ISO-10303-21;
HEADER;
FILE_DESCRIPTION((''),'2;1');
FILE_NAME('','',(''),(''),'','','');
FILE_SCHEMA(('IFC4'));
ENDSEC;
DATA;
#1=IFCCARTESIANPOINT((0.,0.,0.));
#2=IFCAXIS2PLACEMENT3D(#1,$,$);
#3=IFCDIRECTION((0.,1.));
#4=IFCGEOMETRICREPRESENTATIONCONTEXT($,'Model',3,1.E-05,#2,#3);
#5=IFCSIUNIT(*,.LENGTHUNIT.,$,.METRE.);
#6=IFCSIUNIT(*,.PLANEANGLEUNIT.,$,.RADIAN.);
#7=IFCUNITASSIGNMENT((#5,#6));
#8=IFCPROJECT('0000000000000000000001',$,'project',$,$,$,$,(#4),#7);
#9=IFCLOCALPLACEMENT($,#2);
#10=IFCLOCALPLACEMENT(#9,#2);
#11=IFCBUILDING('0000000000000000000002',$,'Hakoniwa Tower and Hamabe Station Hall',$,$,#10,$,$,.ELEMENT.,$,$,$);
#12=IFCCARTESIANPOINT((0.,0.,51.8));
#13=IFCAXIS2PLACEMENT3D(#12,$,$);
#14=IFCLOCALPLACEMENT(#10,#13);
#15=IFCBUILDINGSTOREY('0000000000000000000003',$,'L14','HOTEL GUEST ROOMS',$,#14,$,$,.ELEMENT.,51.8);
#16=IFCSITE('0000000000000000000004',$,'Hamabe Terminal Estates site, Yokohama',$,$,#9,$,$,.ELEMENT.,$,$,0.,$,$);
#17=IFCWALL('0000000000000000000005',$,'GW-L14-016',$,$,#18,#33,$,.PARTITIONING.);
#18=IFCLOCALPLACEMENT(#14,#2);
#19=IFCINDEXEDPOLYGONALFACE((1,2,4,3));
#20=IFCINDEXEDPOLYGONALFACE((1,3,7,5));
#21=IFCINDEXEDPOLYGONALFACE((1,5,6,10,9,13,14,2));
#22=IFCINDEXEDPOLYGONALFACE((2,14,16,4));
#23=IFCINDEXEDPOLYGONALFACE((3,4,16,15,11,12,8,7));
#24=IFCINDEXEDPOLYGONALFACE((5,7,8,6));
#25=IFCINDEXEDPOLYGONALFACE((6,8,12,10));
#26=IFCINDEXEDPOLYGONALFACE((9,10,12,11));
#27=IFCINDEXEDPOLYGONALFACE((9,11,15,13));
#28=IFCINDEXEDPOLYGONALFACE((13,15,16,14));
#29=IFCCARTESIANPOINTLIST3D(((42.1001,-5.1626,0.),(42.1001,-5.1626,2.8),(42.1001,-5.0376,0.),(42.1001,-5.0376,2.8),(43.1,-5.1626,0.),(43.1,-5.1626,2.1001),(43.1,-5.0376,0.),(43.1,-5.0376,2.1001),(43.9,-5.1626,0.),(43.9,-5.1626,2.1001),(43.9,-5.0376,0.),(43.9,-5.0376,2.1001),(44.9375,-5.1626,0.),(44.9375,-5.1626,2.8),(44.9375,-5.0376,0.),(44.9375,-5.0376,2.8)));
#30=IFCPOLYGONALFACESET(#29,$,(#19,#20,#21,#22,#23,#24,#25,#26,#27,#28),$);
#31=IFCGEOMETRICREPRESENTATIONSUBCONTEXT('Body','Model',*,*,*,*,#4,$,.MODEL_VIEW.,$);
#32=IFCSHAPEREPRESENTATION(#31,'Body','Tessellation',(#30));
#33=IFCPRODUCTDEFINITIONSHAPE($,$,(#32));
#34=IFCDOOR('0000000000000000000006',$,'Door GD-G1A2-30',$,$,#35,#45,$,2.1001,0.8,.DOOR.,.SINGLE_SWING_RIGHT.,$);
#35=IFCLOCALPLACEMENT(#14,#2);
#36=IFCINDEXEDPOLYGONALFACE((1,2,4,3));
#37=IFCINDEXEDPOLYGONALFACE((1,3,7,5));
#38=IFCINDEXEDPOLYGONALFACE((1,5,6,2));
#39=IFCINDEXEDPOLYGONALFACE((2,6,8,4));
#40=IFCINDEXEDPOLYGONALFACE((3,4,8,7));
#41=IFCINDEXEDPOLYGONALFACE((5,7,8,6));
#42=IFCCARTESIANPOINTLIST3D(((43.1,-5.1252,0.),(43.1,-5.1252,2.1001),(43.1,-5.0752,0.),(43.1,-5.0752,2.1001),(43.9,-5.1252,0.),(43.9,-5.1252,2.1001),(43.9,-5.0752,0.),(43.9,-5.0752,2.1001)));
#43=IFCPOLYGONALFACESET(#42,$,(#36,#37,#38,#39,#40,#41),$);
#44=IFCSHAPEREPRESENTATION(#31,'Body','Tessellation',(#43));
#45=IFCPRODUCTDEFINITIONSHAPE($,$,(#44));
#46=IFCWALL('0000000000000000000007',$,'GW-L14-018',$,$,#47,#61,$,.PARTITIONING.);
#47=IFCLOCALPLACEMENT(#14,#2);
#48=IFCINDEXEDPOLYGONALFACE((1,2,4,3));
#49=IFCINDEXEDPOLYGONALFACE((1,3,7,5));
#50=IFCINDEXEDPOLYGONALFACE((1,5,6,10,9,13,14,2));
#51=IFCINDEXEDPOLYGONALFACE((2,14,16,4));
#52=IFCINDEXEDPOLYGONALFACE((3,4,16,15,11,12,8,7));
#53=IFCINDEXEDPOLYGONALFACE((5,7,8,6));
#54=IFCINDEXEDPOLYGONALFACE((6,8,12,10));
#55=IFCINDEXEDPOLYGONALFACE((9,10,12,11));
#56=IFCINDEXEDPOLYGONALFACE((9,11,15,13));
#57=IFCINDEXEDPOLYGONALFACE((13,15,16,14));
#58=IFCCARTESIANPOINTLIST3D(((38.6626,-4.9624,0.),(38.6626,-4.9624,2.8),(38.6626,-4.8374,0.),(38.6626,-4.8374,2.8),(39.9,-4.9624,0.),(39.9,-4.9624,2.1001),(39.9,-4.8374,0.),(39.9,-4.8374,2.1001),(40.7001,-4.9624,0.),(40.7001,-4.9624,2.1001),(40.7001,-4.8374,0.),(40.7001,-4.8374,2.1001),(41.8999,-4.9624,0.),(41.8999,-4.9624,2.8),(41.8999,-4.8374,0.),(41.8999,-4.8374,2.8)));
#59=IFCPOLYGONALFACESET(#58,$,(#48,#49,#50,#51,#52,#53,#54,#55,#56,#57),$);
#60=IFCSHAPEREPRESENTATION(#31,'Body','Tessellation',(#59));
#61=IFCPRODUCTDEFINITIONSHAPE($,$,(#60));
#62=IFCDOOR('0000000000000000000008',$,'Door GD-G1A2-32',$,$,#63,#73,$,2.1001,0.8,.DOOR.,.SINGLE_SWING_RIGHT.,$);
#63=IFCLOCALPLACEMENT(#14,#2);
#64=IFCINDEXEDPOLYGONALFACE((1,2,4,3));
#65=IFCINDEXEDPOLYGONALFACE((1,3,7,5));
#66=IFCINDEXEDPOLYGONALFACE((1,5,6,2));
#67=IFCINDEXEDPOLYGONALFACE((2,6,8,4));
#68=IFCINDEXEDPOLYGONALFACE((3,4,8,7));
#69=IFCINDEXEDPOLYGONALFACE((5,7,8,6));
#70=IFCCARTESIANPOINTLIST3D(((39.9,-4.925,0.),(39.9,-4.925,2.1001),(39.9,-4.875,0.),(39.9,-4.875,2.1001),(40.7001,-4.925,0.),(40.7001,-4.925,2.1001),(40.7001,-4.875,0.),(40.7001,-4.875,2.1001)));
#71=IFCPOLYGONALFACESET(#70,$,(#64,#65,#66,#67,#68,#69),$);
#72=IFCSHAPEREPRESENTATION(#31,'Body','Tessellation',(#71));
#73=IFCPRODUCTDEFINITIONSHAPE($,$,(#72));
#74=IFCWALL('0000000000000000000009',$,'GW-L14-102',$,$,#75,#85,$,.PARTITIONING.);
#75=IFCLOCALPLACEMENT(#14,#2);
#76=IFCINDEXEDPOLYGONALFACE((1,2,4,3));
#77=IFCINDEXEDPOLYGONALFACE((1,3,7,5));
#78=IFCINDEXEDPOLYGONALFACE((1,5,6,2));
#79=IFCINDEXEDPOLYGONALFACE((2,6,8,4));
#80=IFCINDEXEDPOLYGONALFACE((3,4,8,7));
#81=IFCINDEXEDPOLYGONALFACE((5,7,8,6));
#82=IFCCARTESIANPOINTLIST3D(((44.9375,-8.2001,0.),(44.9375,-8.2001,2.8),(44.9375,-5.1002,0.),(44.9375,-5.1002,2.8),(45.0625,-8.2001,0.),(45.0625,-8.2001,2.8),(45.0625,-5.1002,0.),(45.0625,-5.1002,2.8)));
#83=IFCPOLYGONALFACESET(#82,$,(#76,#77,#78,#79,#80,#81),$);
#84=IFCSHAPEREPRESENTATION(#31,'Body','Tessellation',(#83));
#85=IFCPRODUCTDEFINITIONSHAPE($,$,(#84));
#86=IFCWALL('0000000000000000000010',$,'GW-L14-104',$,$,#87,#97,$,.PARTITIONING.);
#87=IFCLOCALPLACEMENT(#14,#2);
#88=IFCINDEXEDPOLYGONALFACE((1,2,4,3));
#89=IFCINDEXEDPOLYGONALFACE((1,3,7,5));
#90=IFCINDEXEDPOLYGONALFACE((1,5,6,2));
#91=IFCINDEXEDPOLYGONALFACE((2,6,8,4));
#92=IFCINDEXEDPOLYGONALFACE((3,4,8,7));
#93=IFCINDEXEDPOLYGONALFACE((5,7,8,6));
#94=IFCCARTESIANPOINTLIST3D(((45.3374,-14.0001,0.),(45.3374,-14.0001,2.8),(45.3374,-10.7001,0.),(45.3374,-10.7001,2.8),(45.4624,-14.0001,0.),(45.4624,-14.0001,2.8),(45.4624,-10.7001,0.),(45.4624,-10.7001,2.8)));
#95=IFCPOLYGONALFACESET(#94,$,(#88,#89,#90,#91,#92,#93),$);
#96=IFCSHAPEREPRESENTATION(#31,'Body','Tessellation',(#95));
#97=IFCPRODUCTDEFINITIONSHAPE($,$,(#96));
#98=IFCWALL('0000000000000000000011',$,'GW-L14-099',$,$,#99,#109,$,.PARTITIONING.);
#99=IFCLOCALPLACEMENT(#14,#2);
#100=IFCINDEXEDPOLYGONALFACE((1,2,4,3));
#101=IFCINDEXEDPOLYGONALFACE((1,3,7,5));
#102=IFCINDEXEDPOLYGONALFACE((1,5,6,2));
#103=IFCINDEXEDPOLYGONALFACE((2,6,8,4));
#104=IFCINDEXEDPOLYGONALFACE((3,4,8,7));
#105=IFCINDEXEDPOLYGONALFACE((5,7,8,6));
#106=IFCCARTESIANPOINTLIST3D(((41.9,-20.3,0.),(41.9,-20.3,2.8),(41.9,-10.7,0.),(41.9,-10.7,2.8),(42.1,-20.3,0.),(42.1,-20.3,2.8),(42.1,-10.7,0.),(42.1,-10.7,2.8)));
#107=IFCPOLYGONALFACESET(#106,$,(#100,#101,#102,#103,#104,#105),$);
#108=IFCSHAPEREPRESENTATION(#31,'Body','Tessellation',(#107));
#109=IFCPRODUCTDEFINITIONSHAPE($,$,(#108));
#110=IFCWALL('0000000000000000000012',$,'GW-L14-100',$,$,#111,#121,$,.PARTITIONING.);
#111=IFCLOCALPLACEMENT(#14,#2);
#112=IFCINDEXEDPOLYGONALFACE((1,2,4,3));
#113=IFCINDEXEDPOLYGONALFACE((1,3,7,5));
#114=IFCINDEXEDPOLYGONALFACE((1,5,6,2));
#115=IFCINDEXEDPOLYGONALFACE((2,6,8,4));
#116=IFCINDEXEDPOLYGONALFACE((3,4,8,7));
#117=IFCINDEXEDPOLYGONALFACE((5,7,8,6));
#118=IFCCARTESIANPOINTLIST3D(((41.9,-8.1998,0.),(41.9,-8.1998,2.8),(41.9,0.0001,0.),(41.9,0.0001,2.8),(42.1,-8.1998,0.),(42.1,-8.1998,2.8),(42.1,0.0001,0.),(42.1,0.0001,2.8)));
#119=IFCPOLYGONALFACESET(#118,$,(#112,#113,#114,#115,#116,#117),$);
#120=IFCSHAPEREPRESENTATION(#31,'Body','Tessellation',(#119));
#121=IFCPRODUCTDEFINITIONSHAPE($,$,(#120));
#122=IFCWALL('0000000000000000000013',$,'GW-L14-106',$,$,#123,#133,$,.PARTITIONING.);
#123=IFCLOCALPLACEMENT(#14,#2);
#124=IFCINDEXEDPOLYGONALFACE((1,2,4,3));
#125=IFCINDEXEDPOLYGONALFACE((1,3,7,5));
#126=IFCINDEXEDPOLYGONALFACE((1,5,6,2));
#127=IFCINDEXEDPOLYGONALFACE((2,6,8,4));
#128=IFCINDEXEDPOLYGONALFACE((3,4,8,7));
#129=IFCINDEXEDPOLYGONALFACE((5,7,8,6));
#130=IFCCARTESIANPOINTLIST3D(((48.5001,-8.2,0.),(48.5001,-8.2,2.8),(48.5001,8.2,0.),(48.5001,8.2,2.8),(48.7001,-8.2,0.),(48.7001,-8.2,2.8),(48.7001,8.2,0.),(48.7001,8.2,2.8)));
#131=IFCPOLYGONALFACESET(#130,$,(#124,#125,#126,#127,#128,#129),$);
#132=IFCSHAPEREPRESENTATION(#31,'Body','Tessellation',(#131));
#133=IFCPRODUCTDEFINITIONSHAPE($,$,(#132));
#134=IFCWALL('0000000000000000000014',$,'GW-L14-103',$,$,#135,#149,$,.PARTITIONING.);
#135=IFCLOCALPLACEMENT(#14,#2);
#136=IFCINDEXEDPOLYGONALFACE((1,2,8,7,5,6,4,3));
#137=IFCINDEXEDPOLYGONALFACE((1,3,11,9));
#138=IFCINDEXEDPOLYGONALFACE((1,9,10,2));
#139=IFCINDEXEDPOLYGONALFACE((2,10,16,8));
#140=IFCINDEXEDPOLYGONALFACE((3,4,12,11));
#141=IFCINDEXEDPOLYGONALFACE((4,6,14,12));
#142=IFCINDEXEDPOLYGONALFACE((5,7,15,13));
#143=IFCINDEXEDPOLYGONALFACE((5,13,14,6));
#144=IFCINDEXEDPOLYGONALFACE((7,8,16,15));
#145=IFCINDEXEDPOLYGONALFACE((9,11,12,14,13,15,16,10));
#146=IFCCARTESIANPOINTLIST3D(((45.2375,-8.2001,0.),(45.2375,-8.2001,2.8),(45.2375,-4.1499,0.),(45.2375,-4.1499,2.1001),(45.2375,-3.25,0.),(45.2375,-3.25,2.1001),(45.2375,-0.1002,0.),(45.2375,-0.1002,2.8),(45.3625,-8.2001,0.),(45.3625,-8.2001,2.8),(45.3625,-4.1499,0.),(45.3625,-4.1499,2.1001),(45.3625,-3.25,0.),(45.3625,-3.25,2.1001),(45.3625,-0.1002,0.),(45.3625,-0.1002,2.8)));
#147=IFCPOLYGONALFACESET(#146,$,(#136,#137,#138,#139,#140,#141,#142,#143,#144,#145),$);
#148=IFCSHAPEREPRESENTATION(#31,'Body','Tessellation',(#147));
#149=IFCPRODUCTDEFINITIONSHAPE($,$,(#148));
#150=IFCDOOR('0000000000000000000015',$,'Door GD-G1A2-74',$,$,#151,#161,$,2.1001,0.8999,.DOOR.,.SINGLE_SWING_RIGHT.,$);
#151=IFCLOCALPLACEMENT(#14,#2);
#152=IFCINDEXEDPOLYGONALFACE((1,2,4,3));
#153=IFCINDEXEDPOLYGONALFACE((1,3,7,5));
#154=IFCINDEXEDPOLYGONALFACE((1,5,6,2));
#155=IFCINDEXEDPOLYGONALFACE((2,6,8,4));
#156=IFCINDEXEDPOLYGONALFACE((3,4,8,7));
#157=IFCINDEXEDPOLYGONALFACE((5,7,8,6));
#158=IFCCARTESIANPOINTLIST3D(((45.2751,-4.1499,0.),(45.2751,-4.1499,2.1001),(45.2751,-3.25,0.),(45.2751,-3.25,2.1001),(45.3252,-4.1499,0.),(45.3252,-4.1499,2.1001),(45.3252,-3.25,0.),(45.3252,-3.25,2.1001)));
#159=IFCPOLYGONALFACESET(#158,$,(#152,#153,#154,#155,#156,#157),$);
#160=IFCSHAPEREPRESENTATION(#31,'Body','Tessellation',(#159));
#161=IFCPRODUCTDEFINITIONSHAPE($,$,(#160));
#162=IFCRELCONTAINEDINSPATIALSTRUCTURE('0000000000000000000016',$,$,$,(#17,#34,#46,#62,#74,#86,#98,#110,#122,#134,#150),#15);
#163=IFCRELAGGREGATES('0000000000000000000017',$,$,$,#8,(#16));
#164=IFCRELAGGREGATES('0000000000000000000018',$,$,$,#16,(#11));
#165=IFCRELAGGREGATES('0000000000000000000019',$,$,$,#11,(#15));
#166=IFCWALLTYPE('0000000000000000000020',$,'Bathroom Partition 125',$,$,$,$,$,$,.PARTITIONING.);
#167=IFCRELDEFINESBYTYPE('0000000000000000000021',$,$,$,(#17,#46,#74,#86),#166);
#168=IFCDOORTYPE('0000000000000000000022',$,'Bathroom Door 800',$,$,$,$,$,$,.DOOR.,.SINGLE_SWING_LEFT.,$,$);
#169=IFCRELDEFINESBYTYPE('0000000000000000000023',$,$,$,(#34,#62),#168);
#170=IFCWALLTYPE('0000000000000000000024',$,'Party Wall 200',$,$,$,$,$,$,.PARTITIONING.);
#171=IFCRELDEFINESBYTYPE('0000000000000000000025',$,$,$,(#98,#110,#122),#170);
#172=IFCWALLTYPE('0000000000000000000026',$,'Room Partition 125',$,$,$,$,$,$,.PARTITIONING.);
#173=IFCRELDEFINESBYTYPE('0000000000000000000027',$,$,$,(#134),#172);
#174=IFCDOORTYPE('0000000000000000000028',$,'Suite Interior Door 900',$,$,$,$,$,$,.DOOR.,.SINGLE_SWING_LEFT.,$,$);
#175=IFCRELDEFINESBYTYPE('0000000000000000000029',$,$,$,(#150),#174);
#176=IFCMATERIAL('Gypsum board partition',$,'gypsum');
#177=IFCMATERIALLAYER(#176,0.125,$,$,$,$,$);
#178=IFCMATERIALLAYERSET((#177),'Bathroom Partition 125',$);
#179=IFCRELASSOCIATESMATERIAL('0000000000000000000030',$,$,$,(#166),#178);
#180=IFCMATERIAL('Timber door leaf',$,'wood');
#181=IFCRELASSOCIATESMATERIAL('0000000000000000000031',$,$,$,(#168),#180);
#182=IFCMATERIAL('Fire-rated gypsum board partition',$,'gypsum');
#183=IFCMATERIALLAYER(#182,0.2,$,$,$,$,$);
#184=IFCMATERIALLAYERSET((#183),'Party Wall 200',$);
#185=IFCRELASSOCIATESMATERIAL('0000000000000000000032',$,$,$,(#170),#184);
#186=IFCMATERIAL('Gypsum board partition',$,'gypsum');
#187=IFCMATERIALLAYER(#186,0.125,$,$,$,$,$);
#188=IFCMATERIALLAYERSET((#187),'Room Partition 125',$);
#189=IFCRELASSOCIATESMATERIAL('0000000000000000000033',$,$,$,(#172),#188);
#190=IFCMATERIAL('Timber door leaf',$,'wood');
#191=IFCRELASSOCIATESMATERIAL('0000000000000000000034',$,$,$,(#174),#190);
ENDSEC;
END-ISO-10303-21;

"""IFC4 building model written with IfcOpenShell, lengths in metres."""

from ifc_helpers import new_model, si_unit, direction, frame, frame_2d, origin, place, context, subcontext, project, spatial, rectangle, extrude, material, layer, layer_set, type_object, element, fill, save


model = new_model("IFC4")

# Units and contexts
model_context = context("Model", 3, precision=1e-05, world=origin(), true_north=direction((0.0, 1.0)))
body_context = subcontext(model_context, "Body", "Model", "MODEL_VIEW")
ifc_project = project(units=[si_unit("LENGTHUNIT", "METRE"), si_unit("PLANEANGLEUNIT", "RADIAN")], contexts=[model_context])

# Site, building, storey
site_placement = place(None, origin())
site = spatial("IfcSite", under=ifc_project, at=site_placement, Name="Hamabe Terminal Estates site, Yokohama", CompositionType="ELEMENT", RefElevation=0.0)
building_placement = place(site_placement, origin())
building = spatial("IfcBuilding", under=site, at=building_placement, Name="Hakoniwa Tower and Hamabe Station Hall", CompositionType="ELEMENT")
storey_placement = place(building_placement, frame((0.0, 0.0, 51.8)))
storey = spatial("IfcBuildingStorey", under=building, at=storey_placement, Name="L14", Description="HOTEL GUEST ROOMS", CompositionType="ELEMENT", Elevation=51.8)

# Walls, openings, doors
ifc_material_1 = material(Name="Gypsum board partition", Category="gypsum")
ifc_layer_1 = layer(ifc_material_1, 0.125)
ifc_layer_set_1 = layer_set([ifc_layer_1], Name="Bathroom Partition 125")
wall_type_1 = type_object("IfcWallType", Name="Bathroom Partition 125", PredefinedType="PARTITIONING", material=ifc_layer_set_1)
wall_1_placement = place(storey_placement, frame((42.1001, -5.1001, 0.0), z_axis=(0.0, 0.0, 1.0), x_axis=(1.0, 0.0, 0.0)))
wall_1 = element("IfcWall", 1, at=wall_1_placement, inside=storey, type_object=wall_type_1, Name="GW-L14-016", PredefinedType="PARTITIONING", context=body_context, shape_type="SweptSolid", body=[
    extrude(rectangle(XDim=2.8374, YDim=0.125, at=frame_2d((1.4187, 0.0))), origin(), (0.0, 0.0, 1.0), 2.8),
])
opening_1_placement = place(wall_1_placement, frame((1.0, 0.0, 0.0)))
opening_1 = element("IfcOpeningElement", 2, at=opening_1_placement, cuts=wall_1, PredefinedType="OPENING", context=body_context, shape_type="SweptSolid", body=[
    extrude(rectangle(XDim=0.8, YDim=2.1001, at=frame_2d((0.3999, 1.05))), frame((0.0, 0.0725, 0.0), z_axis=(0.0, -1.0, 0.0), x_axis=(1.0, 0.0, 0.0)), (0.0, 0.0, 1.0), 0.145),
])
ifc_material_2 = material(Name="Timber door leaf", Category="wood")
door_type_1 = type_object("IfcDoorType", Name="Bathroom Door 800", OperationType="SINGLE_SWING_LEFT", PredefinedType="DOOR", material=ifc_material_2)
door_1_placement = place(opening_1_placement, origin())
door_1 = element("IfcDoor", 3, at=door_1_placement, inside=storey, type_object=door_type_1, Name="Door GD-G1A2-30", OperationType="SINGLE_SWING_RIGHT", OverallHeight=2.1001, OverallWidth=0.8, PredefinedType="DOOR", context=body_context, shape_type="SweptSolid", body=[
    extrude(rectangle(XDim=0.8, YDim=2.1001, at=frame_2d((0.3999, 1.05))), frame((0.0, 0.0249, 0.0), z_axis=(0.0, -1.0, 0.0), x_axis=(1.0, 0.0, 0.0)), (0.0, 0.0, 1.0), 0.05),
])
fill(opening_1, door_1)
wall_2_placement = place(storey_placement, frame((38.6626, -4.8999, 0.0), z_axis=(0.0, 0.0, 1.0), x_axis=(1.0, 0.0, 0.0)))
wall_2 = element("IfcWall", 4, at=wall_2_placement, inside=storey, type_object=wall_type_1, Name="GW-L14-018", PredefinedType="PARTITIONING", context=body_context, shape_type="SweptSolid", body=[
    extrude(rectangle(XDim=3.2373, YDim=0.125, at=frame_2d((1.6187, 0.0))), origin(), (0.0, 0.0, 1.0), 2.8),
])
opening_2_placement = place(wall_2_placement, frame((1.2375, 0.0, 0.0)))
opening_2 = element("IfcOpeningElement", 5, at=opening_2_placement, cuts=wall_2, PredefinedType="OPENING", context=body_context, shape_type="SweptSolid", body=[
    extrude(rectangle(XDim=0.8, YDim=2.1001, at=frame_2d((0.3999, 1.05))), frame((0.0, 0.0725, 0.0), z_axis=(0.0, -1.0, 0.0), x_axis=(1.0, 0.0, 0.0)), (0.0, 0.0, 1.0), 0.145),
])
door_2_placement = place(opening_2_placement, origin())
door_2 = element("IfcDoor", 6, at=door_2_placement, inside=storey, type_object=door_type_1, Name="Door GD-G1A2-32", OperationType="SINGLE_SWING_RIGHT", OverallHeight=2.1001, OverallWidth=0.8, PredefinedType="DOOR", context=body_context, shape_type="SweptSolid", body=[
    extrude(rectangle(XDim=0.8, YDim=2.1001, at=frame_2d((0.3999, 1.05))), frame((0.0, 0.0249, 0.0), z_axis=(0.0, -1.0, 0.0), x_axis=(1.0, 0.0, 0.0)), (0.0, 0.0, 1.0), 0.05),
])
fill(opening_2, door_2)

# Walls
wall_3_placement = place(storey_placement, frame((45.0, -8.2, 0.0), z_axis=(0.0, 0.0, 1.0), x_axis=(0.0, 1.0, 0.0)))
element("IfcWall", 7, at=wall_3_placement, inside=storey, type_object=wall_type_1, Name="GW-L14-102", PredefinedType="PARTITIONING", context=body_context, shape_type="SweptSolid", body=[
    extrude(rectangle(XDim=3.0999, YDim=0.125, at=frame_2d((1.5498, 0.0))), origin(), (0.0, 0.0, 1.0), 2.8),
])
wall_4_placement = place(storey_placement, frame((45.3999, -14.0, 0.0), z_axis=(0.0, 0.0, 1.0), x_axis=(0.0, 1.0, 0.0)))
element("IfcWall", 8, at=wall_4_placement, inside=storey, type_object=wall_type_1, Name="GW-L14-104", PredefinedType="PARTITIONING", context=body_context, shape_type="SweptSolid", body=[
    extrude(rectangle(XDim=3.3, YDim=0.125, at=frame_2d((1.6499, 0.0))), origin(), (0.0, 0.0, 1.0), 2.8),
])
ifc_material_3 = material(Name="Fire-rated gypsum board partition", Category="gypsum")
ifc_layer_2 = layer(ifc_material_3, 0.2)
ifc_layer_set_2 = layer_set([ifc_layer_2], Name="Party Wall 200")
wall_type_2 = type_object("IfcWallType", Name="Party Wall 200", PredefinedType="PARTITIONING", material=ifc_layer_set_2)
wall_5_placement = place(storey_placement, frame((42.0, -20.3, 0.0), z_axis=(0.0, 0.0, 1.0), x_axis=(0.0, 1.0, 0.0)))
element("IfcWall", 9, at=wall_5_placement, inside=storey, type_object=wall_type_2, Name="GW-L14-099", PredefinedType="PARTITIONING", context=body_context, shape_type="SweptSolid", body=[
    extrude(rectangle(XDim=9.6001, YDim=0.2, at=frame_2d((4.8, 0.0))), origin(), (0.0, 0.0, 1.0), 2.8),
])
wall_6_placement = place(storey_placement, frame((42.0, -8.2, 0.0), z_axis=(0.0, 0.0, 1.0), x_axis=(0.0, 1.0, 0.0)))
element("IfcWall", 10, at=wall_6_placement, inside=storey, type_object=wall_type_2, Name="GW-L14-100", PredefinedType="PARTITIONING", context=body_context, shape_type="SweptSolid", body=[
    extrude(rectangle(XDim=8.2, YDim=0.2, at=frame_2d((4.1001, 0.0))), origin(), (0.0, 0.0, 1.0), 2.8),
])
wall_7_placement = place(storey_placement, frame((48.6001, -8.2, 0.0), z_axis=(0.0, 0.0, 1.0), x_axis=(0.0, 1.0, 0.0)))
element("IfcWall", 11, at=wall_7_placement, inside=storey, type_object=wall_type_2, Name="GW-L14-106", PredefinedType="PARTITIONING", context=body_context, shape_type="SweptSolid", body=[
    extrude(rectangle(XDim=16.3999, YDim=0.2, at=frame_2d((8.2, 0.0))), origin(), (0.0, 0.0, 1.0), 2.8),
])

# Wall, opening, door
ifc_material_4 = material(Name="Gypsum board partition", Category="gypsum")
ifc_layer_3 = layer(ifc_material_4, 0.125)
ifc_layer_set_3 = layer_set([ifc_layer_3], Name="Room Partition 125")
wall_type_3 = type_object("IfcWallType", Name="Room Partition 125", PredefinedType="PARTITIONING", material=ifc_layer_set_3)
wall_8_placement = place(storey_placement, frame((45.3, -8.2, 0.0), z_axis=(0.0, 0.0, 1.0), x_axis=(0.0, 1.0, 0.0)))
wall_8 = element("IfcWall", 12, at=wall_8_placement, inside=storey, type_object=wall_type_3, Name="GW-L14-103", PredefinedType="PARTITIONING", context=body_context, shape_type="SweptSolid", body=[
    extrude(rectangle(XDim=8.0999, YDim=0.125, at=frame_2d((4.0498, 0.0))), origin(), (0.0, 0.0, 1.0), 2.8),
])
opening_3_placement = place(wall_8_placement, frame((4.05, 0.0, 0.0)))
opening_3 = element("IfcOpeningElement", 13, at=opening_3_placement, cuts=wall_8, PredefinedType="OPENING", context=body_context, shape_type="SweptSolid", body=[
    extrude(rectangle(XDim=0.8999, YDim=2.1001, at=frame_2d((0.45, 1.05))), frame((0.0, 0.0725, 0.0), z_axis=(0.0, -1.0, 0.0), x_axis=(1.0, 0.0, 0.0)), (0.0, 0.0, 1.0), 0.145),
])
ifc_material_5 = material(Name="Timber door leaf", Category="wood")
door_type_2 = type_object("IfcDoorType", Name="Suite Interior Door 900", OperationType="SINGLE_SWING_LEFT", PredefinedType="DOOR", material=ifc_material_5)
door_3_placement = place(opening_3_placement, origin())
door_3 = element("IfcDoor", 14, at=door_3_placement, inside=storey, type_object=door_type_2, Name="Door GD-G1A2-74", OperationType="SINGLE_SWING_RIGHT", OverallHeight=2.1001, OverallWidth=0.8999, PredefinedType="DOOR", context=body_context, shape_type="SweptSolid", body=[
    extrude(rectangle(XDim=0.8999, YDim=2.1001, at=frame_2d((0.45, 1.05))), frame((0.0, 0.0249, 0.0), z_axis=(0.0, -1.0, 0.0), x_axis=(1.0, 0.0, 0.0)), (0.0, 0.0, 1.0), 0.05),
])
fill(opening_3, door_3)

save(model, "model.ifc")
